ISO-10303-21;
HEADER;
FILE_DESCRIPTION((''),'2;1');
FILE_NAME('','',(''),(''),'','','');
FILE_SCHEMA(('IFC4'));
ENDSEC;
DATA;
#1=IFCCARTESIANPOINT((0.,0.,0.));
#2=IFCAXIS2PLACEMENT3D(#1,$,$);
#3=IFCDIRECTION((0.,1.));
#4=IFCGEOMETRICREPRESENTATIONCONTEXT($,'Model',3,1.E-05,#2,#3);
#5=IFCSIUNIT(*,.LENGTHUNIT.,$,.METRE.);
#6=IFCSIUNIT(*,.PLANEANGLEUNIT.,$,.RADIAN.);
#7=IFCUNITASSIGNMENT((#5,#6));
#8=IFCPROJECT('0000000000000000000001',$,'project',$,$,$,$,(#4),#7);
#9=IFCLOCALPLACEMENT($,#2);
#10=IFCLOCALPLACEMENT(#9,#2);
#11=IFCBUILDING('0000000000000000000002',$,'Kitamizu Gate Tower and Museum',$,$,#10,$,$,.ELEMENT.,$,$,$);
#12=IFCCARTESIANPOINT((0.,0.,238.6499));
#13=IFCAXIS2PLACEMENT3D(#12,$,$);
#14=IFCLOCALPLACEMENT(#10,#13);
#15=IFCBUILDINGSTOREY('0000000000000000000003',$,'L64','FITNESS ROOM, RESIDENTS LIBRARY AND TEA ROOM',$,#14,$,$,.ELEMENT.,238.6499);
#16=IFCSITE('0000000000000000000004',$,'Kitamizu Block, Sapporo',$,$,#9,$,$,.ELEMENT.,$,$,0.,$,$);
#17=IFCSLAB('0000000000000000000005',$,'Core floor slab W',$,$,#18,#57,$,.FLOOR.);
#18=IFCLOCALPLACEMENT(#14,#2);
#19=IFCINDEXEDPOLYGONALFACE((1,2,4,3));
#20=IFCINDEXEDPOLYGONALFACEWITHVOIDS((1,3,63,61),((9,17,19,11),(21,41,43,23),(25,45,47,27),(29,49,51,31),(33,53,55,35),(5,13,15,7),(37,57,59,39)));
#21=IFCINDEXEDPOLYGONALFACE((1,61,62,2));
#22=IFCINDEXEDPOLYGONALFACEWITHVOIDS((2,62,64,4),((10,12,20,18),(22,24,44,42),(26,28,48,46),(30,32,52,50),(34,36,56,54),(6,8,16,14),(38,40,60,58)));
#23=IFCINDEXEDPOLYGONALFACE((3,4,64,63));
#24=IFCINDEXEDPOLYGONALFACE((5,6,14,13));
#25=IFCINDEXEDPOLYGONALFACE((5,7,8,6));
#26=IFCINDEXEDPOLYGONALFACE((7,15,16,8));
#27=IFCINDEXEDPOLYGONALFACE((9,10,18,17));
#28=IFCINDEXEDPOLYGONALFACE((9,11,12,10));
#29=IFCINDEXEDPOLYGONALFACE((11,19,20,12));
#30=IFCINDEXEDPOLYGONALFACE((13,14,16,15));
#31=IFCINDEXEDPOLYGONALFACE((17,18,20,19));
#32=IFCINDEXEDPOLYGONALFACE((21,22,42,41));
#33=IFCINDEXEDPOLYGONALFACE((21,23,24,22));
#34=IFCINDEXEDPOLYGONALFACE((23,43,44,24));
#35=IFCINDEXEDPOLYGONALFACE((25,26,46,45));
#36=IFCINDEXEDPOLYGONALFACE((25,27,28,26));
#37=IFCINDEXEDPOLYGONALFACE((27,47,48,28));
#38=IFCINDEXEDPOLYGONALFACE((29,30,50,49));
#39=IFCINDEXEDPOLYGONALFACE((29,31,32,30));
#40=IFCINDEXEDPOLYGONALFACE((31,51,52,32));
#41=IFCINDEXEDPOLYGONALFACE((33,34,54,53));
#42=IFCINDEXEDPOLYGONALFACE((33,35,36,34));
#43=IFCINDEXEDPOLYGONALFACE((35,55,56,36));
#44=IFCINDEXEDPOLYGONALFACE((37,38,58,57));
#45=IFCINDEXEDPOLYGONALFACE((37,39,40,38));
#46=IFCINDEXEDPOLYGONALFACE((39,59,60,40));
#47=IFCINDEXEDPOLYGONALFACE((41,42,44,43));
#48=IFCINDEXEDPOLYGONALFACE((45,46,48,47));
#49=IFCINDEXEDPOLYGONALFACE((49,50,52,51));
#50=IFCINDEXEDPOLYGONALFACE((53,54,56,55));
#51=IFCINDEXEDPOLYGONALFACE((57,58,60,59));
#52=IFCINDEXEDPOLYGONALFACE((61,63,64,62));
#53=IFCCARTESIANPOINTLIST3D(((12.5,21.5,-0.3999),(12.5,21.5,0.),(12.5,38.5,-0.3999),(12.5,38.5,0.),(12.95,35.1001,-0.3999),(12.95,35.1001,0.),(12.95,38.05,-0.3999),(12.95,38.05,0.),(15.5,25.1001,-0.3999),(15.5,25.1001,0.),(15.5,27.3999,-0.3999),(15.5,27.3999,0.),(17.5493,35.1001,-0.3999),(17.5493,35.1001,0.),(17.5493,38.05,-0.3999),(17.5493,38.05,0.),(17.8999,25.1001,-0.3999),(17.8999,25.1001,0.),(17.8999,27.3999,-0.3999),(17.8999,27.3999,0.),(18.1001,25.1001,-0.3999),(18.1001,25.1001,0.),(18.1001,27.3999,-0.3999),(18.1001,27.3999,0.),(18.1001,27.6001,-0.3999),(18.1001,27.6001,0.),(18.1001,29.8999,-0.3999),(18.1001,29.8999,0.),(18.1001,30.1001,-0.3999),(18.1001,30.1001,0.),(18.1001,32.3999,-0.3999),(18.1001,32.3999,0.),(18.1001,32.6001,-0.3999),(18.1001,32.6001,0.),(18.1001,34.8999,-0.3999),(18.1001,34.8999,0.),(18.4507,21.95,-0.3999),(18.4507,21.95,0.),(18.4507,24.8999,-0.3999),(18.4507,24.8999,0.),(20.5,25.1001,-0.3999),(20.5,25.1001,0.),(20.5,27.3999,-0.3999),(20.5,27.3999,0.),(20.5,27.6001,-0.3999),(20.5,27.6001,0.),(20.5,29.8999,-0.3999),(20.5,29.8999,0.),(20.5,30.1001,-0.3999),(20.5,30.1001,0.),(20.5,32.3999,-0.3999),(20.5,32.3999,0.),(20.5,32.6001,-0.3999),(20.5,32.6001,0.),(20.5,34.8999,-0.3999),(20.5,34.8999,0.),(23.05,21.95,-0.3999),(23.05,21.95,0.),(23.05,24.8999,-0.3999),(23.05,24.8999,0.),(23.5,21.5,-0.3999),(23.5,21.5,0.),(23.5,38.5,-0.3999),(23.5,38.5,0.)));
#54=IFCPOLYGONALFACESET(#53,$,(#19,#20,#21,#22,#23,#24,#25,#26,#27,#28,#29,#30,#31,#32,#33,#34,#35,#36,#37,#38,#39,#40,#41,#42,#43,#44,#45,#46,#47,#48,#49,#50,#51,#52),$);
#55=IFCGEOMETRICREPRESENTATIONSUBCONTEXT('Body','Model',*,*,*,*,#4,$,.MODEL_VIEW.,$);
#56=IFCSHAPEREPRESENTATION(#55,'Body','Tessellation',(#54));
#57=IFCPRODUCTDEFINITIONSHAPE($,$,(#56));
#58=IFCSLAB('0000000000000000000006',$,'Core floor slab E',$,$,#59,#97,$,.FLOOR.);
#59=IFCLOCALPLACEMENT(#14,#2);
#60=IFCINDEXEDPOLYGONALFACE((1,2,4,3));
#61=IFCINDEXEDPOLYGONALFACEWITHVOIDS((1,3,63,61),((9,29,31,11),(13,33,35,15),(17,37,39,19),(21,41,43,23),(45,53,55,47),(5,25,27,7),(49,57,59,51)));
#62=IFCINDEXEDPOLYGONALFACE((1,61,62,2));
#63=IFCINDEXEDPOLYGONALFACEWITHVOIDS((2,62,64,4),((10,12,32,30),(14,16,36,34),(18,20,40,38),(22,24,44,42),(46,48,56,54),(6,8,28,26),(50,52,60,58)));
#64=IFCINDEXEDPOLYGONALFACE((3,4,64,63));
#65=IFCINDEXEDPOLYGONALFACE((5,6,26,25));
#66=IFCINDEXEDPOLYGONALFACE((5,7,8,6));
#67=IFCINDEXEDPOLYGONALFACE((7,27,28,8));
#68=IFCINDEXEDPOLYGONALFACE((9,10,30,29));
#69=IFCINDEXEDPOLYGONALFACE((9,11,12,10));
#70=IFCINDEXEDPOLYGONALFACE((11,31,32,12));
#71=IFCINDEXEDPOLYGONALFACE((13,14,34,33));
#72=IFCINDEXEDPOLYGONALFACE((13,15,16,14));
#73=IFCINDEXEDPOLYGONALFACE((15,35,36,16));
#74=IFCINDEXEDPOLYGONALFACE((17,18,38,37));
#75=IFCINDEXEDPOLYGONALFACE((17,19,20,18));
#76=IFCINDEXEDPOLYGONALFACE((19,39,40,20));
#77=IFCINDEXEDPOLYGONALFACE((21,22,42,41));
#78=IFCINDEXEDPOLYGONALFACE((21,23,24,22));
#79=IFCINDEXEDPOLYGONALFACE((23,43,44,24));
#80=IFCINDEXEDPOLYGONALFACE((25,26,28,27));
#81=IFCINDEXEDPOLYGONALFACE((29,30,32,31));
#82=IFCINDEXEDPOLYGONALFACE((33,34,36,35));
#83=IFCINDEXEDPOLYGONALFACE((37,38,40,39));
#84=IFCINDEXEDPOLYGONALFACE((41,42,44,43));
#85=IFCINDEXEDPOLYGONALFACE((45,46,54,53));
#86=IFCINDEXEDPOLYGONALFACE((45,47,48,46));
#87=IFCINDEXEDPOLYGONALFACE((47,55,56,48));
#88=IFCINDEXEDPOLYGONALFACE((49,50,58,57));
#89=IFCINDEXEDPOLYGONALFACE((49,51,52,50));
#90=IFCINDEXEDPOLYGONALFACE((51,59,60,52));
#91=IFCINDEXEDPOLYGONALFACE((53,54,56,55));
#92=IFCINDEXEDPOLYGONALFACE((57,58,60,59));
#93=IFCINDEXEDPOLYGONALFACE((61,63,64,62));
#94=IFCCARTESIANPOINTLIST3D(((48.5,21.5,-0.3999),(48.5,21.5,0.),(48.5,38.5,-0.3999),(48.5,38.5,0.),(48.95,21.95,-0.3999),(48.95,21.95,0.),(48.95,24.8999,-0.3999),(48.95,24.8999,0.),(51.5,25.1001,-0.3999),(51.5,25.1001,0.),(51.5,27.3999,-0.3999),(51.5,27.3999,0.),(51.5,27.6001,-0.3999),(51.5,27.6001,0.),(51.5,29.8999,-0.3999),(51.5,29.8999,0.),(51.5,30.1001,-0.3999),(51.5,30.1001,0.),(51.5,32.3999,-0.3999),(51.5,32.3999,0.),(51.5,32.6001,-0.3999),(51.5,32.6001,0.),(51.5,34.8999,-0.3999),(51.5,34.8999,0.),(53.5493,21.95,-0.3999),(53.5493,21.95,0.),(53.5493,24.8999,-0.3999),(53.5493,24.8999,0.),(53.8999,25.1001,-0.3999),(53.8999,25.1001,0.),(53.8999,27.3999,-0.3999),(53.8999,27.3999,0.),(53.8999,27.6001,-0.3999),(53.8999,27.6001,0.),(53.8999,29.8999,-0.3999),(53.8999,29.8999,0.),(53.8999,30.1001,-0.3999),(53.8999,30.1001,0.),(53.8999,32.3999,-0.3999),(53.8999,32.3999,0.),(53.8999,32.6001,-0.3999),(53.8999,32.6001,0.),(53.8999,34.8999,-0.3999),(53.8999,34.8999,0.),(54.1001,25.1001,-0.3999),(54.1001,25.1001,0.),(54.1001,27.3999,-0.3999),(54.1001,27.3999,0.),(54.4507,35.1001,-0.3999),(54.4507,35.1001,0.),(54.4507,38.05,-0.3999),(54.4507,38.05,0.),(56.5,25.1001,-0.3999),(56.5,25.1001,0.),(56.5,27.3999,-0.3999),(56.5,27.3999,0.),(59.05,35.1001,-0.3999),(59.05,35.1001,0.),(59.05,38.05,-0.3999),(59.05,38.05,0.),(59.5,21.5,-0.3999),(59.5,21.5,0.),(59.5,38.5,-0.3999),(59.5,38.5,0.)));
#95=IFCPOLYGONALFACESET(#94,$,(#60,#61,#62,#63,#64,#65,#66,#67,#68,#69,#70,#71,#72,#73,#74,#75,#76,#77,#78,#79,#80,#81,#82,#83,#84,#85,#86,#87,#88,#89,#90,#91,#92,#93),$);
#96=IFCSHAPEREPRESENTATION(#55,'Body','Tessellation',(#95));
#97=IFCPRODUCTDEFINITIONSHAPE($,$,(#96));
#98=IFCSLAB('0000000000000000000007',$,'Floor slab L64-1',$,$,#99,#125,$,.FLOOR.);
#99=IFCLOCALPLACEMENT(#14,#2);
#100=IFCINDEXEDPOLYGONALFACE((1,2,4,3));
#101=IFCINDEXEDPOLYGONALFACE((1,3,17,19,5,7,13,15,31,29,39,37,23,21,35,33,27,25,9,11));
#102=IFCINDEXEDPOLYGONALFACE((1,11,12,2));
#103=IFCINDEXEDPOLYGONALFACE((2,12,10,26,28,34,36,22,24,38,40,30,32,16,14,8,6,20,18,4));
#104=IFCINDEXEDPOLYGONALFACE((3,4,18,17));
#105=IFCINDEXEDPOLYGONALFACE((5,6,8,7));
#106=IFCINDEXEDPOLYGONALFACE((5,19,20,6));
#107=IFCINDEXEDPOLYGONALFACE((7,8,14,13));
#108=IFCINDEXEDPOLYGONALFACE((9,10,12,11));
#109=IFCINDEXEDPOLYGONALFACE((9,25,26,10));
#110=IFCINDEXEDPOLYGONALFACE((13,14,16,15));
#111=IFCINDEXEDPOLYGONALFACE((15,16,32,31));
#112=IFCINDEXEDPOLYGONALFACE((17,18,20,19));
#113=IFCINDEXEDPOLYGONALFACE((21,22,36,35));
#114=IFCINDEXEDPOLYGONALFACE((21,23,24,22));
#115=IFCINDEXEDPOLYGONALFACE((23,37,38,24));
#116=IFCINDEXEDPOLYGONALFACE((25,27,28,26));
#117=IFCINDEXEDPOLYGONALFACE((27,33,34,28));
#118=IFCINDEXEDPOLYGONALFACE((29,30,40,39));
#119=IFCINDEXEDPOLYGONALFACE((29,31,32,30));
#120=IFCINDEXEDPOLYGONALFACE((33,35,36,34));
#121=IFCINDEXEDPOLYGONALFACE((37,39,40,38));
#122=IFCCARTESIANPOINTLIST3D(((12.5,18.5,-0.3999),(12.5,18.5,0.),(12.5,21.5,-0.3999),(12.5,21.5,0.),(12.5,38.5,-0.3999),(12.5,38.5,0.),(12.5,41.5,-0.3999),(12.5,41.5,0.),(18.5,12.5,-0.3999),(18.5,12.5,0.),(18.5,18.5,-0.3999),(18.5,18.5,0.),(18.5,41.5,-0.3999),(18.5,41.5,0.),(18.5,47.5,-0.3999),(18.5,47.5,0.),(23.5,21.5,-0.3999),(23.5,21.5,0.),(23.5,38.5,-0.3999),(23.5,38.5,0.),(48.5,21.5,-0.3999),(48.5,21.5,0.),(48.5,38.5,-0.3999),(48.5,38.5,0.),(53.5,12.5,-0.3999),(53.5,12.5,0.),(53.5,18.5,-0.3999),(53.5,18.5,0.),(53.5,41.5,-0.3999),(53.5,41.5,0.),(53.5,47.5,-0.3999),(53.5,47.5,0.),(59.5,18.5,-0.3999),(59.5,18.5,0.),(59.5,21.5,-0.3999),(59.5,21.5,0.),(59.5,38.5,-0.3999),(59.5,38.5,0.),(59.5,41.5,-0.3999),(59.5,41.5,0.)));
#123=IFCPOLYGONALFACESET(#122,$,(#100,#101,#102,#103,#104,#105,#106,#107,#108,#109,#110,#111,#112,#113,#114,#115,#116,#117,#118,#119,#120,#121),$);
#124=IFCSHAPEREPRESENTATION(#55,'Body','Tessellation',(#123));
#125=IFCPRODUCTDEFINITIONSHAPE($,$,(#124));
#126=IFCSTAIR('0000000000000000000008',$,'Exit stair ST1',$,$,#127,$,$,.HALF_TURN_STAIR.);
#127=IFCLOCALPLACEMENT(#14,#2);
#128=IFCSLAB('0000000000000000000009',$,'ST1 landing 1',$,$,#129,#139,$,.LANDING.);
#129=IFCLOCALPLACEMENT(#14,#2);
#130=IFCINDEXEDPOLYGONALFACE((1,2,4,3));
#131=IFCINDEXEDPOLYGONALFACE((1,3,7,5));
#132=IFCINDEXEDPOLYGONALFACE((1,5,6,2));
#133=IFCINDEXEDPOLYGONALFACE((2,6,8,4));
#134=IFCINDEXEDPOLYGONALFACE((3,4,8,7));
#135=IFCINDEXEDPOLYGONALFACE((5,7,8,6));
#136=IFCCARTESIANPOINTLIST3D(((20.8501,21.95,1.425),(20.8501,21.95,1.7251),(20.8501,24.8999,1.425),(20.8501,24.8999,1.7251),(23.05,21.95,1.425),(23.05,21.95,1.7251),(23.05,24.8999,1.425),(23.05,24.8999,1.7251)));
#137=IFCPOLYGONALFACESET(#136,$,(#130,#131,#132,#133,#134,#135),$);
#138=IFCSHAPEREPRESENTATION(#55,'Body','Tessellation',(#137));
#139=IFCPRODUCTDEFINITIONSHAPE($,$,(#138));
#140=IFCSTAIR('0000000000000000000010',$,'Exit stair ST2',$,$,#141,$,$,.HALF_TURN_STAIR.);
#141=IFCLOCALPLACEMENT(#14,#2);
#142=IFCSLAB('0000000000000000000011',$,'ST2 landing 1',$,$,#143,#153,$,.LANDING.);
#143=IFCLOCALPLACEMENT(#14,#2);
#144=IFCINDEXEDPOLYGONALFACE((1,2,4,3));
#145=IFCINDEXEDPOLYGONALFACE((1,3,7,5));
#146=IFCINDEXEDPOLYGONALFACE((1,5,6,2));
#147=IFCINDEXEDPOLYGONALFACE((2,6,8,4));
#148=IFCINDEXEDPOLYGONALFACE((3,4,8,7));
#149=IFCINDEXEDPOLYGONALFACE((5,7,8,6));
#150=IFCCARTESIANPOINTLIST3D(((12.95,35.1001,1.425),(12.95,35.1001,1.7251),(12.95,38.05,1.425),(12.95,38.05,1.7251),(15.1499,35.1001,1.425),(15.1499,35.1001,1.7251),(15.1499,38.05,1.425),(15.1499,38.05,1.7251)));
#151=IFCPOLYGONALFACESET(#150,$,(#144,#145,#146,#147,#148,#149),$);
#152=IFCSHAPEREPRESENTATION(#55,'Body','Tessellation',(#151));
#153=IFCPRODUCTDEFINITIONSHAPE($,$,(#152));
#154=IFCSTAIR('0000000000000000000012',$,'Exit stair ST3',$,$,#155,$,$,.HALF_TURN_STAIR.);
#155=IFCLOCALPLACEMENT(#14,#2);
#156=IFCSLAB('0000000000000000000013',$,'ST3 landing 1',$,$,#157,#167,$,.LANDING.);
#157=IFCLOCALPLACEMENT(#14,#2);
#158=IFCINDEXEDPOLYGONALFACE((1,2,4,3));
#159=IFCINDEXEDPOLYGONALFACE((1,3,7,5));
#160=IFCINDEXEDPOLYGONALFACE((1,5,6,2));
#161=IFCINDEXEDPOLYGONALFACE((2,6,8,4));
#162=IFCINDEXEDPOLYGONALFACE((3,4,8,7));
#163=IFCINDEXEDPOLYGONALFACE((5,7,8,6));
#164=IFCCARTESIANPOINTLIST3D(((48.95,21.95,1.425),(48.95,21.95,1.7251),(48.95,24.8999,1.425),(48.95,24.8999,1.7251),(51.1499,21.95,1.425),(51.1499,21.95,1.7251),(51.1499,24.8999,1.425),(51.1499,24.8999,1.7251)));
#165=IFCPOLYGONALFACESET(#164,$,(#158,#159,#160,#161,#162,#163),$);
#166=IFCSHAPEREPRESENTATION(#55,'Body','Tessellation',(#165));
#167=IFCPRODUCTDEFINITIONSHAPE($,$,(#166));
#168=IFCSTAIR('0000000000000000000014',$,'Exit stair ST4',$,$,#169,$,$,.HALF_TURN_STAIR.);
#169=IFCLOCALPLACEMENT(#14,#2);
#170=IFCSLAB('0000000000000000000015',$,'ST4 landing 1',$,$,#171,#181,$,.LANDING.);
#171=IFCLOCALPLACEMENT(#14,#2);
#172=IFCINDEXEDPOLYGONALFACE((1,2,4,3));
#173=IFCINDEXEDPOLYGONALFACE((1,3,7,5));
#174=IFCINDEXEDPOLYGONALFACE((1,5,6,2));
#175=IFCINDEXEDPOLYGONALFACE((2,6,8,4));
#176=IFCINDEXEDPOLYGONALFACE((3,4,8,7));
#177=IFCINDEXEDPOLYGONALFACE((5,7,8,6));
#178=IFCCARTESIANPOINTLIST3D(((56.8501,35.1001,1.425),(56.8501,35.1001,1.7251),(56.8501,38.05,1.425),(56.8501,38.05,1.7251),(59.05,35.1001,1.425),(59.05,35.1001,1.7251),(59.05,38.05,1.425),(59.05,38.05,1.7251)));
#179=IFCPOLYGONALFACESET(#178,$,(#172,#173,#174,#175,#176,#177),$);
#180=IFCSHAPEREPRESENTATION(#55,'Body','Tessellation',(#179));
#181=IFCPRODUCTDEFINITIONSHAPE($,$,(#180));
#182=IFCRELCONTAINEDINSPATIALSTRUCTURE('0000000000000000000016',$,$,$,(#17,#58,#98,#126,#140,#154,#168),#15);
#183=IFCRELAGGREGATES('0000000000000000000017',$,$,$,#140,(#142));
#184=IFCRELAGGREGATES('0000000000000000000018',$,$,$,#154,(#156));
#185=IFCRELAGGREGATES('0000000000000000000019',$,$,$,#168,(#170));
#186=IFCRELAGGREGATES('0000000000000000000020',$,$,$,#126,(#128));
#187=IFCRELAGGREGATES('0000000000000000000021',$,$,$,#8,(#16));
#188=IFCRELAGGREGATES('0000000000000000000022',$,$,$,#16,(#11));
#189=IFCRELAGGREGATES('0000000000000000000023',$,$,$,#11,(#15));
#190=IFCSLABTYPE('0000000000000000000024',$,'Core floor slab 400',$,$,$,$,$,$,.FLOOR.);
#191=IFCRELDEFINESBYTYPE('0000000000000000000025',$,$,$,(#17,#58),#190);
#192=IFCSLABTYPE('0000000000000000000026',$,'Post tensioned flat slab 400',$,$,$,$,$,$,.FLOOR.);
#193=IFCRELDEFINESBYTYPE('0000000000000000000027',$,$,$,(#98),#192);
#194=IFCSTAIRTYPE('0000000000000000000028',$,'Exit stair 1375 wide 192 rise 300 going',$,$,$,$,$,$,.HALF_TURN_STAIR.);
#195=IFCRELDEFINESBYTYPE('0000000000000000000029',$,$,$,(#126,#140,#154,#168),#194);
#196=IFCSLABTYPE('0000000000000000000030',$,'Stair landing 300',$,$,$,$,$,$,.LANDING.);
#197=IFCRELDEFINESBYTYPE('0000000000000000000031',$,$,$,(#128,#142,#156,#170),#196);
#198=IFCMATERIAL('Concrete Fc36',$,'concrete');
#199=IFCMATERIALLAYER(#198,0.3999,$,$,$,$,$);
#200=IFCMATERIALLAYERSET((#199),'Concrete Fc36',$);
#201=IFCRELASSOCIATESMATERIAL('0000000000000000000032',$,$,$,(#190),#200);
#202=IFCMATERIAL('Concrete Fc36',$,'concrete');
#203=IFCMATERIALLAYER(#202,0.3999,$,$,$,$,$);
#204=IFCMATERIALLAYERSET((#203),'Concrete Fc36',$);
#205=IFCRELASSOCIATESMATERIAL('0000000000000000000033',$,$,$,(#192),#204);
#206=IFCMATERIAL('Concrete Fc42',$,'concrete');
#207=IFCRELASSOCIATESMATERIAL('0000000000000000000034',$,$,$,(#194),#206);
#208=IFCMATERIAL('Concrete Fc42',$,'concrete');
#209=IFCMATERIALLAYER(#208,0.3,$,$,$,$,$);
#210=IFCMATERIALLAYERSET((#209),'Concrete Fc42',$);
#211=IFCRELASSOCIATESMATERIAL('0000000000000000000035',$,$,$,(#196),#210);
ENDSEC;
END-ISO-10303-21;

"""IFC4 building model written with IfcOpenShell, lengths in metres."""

from ifc_helpers import new_model, si_unit, direction, frame, origin, place, context, subcontext, project, spatial, polyline, outline, extrude, material, layer, layer_set, type_object, element, aggregate, save


model = new_model("IFC4")

# Units and contexts
model_context = context("Model", 3, precision=1e-05, world=origin(), true_north=direction((0.0, 1.0)))
body_context = subcontext(model_context, "Body", "Model", "MODEL_VIEW")
ifc_project = project(units=[si_unit("LENGTHUNIT", "METRE"), si_unit("PLANEANGLEUNIT", "RADIAN")], contexts=[model_context])

# Site, building, storey
site_placement = place(None, origin())
site = spatial("IfcSite", under=ifc_project, at=site_placement, Name="Kitamizu Block, Sapporo", CompositionType="ELEMENT", RefElevation=0.0)
building_placement = place(site_placement, origin())
building = spatial("IfcBuilding", under=site, at=building_placement, Name="Kitamizu Gate Tower and Museum", CompositionType="ELEMENT")
storey_placement = place(building_placement, frame((0.0, 0.0, 238.6499)))
storey = spatial("IfcBuildingStorey", under=building, at=storey_placement, Name="L64", Description="FITNESS ROOM, RESIDENTS LIBRARY AND TEA ROOM", CompositionType="ELEMENT", Elevation=238.6499)

# Slabs
ifc_material_1 = material(Name="Concrete Fc36", Category="concrete")
ifc_layer_1 = layer(ifc_material_1, 0.3999)
ifc_layer_set_1 = layer_set([ifc_layer_1], Name="Concrete Fc36")
slab_type_1 = type_object("IfcSlabType", Name="Core floor slab 400", PredefinedType="FLOOR", material=ifc_layer_set_1)
slab_1_placement = place(storey_placement, frame((0.0, 0.0, -0.3999)))
element("IfcSlab", 1, at=slab_1_placement, inside=storey, type_object=slab_type_1, Name="Core floor slab W", PredefinedType="FLOOR", context=body_context, shape_type="SweptSolid", body=[
    extrude(outline(polyline([(12.5, 21.5), (23.5, 21.5), (23.5, 38.5), (12.5, 38.5), (12.5, 21.5)]), holes=[polyline([(15.5, 25.1001), (17.8999, 25.1001), (17.8999, 27.3999), (15.5, 27.3999), (15.5, 25.1001)]), polyline([(18.1001, 25.1001), (20.5, 25.1001), (20.5, 27.3999), (18.1001, 27.3999), (18.1001, 25.1001)]), polyline([(18.1001, 27.6001), (20.5, 27.6001), (20.5, 29.8999), (18.1001, 29.8999), (18.1001, 27.6001)]), polyline([(18.1001, 30.1001), (20.5, 30.1001), (20.5, 32.3999), (18.1001, 32.3999), (18.1001, 30.1001)]), polyline([(18.1001, 32.6001), (20.5, 32.6001), (20.5, 34.8999), (18.1001, 34.8999), (18.1001, 32.6001)]), polyline([(18.4507, 21.95), (23.05, 21.95), (23.05, 24.8999), (18.4507, 24.8999), (18.4507, 21.95)]), polyline([(12.95, 35.1001), (17.5493, 35.1001), (17.5493, 38.05), (12.95, 38.05), (12.95, 35.1001)])]), origin(), (0.0, 0.0, 1.0), 0.3999),
])
slab_2_placement = place(storey_placement, frame((0.0, 0.0, -0.3999)))
element("IfcSlab", 2, at=slab_2_placement, inside=storey, type_object=slab_type_1, Name="Core floor slab E", PredefinedType="FLOOR", context=body_context, shape_type="SweptSolid", body=[
    extrude(outline(polyline([(48.5, 21.5), (59.5, 21.5), (59.5, 38.5), (48.5, 38.5), (48.5, 21.5)]), holes=[polyline([(54.1001, 25.1001), (56.5, 25.1001), (56.5, 27.3999), (54.1001, 27.3999), (54.1001, 25.1001)]), polyline([(51.5, 25.1001), (53.8999, 25.1001), (53.8999, 27.3999), (51.5, 27.3999), (51.5, 25.1001)]), polyline([(51.5, 27.6001), (53.8999, 27.6001), (53.8999, 29.8999), (51.5, 29.8999), (51.5, 27.6001)]), polyline([(51.5, 30.1001), (53.8999, 30.1001), (53.8999, 32.3999), (51.5, 32.3999), (51.5, 30.1001)]), polyline([(51.5, 32.6001), (53.8999, 32.6001), (53.8999, 34.8999), (51.5, 34.8999), (51.5, 32.6001)]), polyline([(48.95, 21.95), (53.5493, 21.95), (53.5493, 24.8999), (48.95, 24.8999), (48.95, 21.95)]), polyline([(54.4507, 35.1001), (59.05, 35.1001), (59.05, 38.05), (54.4507, 38.05), (54.4507, 35.1001)])]), origin(), (0.0, 0.0, 1.0), 0.3999),
])
ifc_material_2 = material(Name="Concrete Fc36", Category="concrete")
ifc_layer_2 = layer(ifc_material_2, 0.3999)
ifc_layer_set_2 = layer_set([ifc_layer_2], Name="Concrete Fc36")
slab_type_2 = type_object("IfcSlabType", Name="Post tensioned flat slab 400", PredefinedType="FLOOR", material=ifc_layer_set_2)
slab_3_placement = place(storey_placement, frame((0.0, 0.0, -0.3999)))
element("IfcSlab", 3, at=slab_3_placement, inside=storey, type_object=slab_type_2, Name="Floor slab L64-1", PredefinedType="FLOOR", context=body_context, shape_type="SweptSolid", body=[
    extrude(outline(polyline([(12.5, 18.5), (12.5, 21.5), (23.5, 21.5), (23.5, 38.5), (12.5, 38.5), (12.5, 41.5), (18.5, 41.5), (18.5, 47.5), (53.5, 47.5), (53.5, 41.5), (59.5, 41.5), (59.5, 38.5), (48.5, 38.5), (48.5, 21.5), (59.5, 21.5), (59.5, 18.5), (53.5, 18.5), (53.5, 12.5), (18.5, 12.5), (18.5, 18.5), (12.5, 18.5)])), origin(), (0.0, 0.0, 1.0), 0.3999),
])

# Stairs, slabs
ifc_material_3 = material(Name="Concrete Fc42", Category="concrete")
stair_type = type_object("IfcStairType", Name="Exit stair 1375 wide 192 rise 300 going", PredefinedType="HALF_TURN_STAIR", material=ifc_material_3)
stair_1_placement = place(storey_placement, origin())
stair_1 = element("IfcStair", 4, at=stair_1_placement, inside=storey, type_object=stair_type, Name="Exit stair ST1", PredefinedType="HALF_TURN_STAIR")
ifc_material_4 = material(Name="Concrete Fc42", Category="concrete")
ifc_layer_3 = layer(ifc_material_4, 0.3)
ifc_layer_set_3 = layer_set([ifc_layer_3], Name="Concrete Fc42")
slab_type_3 = type_object("IfcSlabType", Name="Stair landing 300", PredefinedType="LANDING", material=ifc_layer_set_3)
slab_4_placement = place(storey_placement, frame((0.0, 0.0, 1.425)))
slab_4 = element("IfcSlab", 5, at=slab_4_placement, type_object=slab_type_3, Name="ST1 landing 1", PredefinedType="LANDING", context=body_context, shape_type="SweptSolid", body=[
    extrude(outline(polyline([(20.8501, 21.95), (23.05, 21.95), (23.05, 24.8999), (20.8501, 24.8999), (20.8501, 21.95)])), origin(), (0.0, 0.0, 1.0), 0.3),
])
stair_2_placement = place(storey_placement, origin())
stair_2 = element("IfcStair", 6, at=stair_2_placement, inside=storey, type_object=stair_type, Name="Exit stair ST2", PredefinedType="HALF_TURN_STAIR")
slab_5_placement = place(storey_placement, frame((0.0, 0.0, 1.425)))
slab_5 = element("IfcSlab", 7, at=slab_5_placement, type_object=slab_type_3, Name="ST2 landing 1", PredefinedType="LANDING", context=body_context, shape_type="SweptSolid", body=[
    extrude(outline(polyline([(12.95, 35.1001), (15.1499, 35.1001), (15.1499, 38.05), (12.95, 38.05), (12.95, 35.1001)])), origin(), (0.0, 0.0, 1.0), 0.3),
])
aggregate(stair_2, [slab_5])
stair_3_placement = place(storey_placement, origin())
stair_3 = element("IfcStair", 8, at=stair_3_placement, inside=storey, type_object=stair_type, Name="Exit stair ST3", PredefinedType="HALF_TURN_STAIR")
slab_6_placement = place(storey_placement, frame((0.0, 0.0, 1.425)))
slab_6 = element("IfcSlab", 9, at=slab_6_placement, type_object=slab_type_3, Name="ST3 landing 1", PredefinedType="LANDING", context=body_context, shape_type="SweptSolid", body=[
    extrude(outline(polyline([(48.95, 21.95), (51.1499, 21.95), (51.1499, 24.8999), (48.95, 24.8999), (48.95, 21.95)])), origin(), (0.0, 0.0, 1.0), 0.3),
])
aggregate(stair_3, [slab_6])
stair_4_placement = place(storey_placement, origin())
stair_4 = element("IfcStair", 10, at=stair_4_placement, inside=storey, type_object=stair_type, Name="Exit stair ST4", PredefinedType="HALF_TURN_STAIR")
slab_7_placement = place(storey_placement, frame((0.0, 0.0, 1.425)))
slab_7 = element("IfcSlab", 11, at=slab_7_placement, type_object=slab_type_3, Name="ST4 landing 1", PredefinedType="LANDING", context=body_context, shape_type="SweptSolid", body=[
    extrude(outline(polyline([(56.8501, 35.1001), (59.05, 35.1001), (59.05, 38.05), (56.8501, 38.05), (56.8501, 35.1001)])), origin(), (0.0, 0.0, 1.0), 0.3),
])
aggregate(stair_4, [slab_7])

aggregate(stair_1, [slab_4])

save(model, "model.ifc")
